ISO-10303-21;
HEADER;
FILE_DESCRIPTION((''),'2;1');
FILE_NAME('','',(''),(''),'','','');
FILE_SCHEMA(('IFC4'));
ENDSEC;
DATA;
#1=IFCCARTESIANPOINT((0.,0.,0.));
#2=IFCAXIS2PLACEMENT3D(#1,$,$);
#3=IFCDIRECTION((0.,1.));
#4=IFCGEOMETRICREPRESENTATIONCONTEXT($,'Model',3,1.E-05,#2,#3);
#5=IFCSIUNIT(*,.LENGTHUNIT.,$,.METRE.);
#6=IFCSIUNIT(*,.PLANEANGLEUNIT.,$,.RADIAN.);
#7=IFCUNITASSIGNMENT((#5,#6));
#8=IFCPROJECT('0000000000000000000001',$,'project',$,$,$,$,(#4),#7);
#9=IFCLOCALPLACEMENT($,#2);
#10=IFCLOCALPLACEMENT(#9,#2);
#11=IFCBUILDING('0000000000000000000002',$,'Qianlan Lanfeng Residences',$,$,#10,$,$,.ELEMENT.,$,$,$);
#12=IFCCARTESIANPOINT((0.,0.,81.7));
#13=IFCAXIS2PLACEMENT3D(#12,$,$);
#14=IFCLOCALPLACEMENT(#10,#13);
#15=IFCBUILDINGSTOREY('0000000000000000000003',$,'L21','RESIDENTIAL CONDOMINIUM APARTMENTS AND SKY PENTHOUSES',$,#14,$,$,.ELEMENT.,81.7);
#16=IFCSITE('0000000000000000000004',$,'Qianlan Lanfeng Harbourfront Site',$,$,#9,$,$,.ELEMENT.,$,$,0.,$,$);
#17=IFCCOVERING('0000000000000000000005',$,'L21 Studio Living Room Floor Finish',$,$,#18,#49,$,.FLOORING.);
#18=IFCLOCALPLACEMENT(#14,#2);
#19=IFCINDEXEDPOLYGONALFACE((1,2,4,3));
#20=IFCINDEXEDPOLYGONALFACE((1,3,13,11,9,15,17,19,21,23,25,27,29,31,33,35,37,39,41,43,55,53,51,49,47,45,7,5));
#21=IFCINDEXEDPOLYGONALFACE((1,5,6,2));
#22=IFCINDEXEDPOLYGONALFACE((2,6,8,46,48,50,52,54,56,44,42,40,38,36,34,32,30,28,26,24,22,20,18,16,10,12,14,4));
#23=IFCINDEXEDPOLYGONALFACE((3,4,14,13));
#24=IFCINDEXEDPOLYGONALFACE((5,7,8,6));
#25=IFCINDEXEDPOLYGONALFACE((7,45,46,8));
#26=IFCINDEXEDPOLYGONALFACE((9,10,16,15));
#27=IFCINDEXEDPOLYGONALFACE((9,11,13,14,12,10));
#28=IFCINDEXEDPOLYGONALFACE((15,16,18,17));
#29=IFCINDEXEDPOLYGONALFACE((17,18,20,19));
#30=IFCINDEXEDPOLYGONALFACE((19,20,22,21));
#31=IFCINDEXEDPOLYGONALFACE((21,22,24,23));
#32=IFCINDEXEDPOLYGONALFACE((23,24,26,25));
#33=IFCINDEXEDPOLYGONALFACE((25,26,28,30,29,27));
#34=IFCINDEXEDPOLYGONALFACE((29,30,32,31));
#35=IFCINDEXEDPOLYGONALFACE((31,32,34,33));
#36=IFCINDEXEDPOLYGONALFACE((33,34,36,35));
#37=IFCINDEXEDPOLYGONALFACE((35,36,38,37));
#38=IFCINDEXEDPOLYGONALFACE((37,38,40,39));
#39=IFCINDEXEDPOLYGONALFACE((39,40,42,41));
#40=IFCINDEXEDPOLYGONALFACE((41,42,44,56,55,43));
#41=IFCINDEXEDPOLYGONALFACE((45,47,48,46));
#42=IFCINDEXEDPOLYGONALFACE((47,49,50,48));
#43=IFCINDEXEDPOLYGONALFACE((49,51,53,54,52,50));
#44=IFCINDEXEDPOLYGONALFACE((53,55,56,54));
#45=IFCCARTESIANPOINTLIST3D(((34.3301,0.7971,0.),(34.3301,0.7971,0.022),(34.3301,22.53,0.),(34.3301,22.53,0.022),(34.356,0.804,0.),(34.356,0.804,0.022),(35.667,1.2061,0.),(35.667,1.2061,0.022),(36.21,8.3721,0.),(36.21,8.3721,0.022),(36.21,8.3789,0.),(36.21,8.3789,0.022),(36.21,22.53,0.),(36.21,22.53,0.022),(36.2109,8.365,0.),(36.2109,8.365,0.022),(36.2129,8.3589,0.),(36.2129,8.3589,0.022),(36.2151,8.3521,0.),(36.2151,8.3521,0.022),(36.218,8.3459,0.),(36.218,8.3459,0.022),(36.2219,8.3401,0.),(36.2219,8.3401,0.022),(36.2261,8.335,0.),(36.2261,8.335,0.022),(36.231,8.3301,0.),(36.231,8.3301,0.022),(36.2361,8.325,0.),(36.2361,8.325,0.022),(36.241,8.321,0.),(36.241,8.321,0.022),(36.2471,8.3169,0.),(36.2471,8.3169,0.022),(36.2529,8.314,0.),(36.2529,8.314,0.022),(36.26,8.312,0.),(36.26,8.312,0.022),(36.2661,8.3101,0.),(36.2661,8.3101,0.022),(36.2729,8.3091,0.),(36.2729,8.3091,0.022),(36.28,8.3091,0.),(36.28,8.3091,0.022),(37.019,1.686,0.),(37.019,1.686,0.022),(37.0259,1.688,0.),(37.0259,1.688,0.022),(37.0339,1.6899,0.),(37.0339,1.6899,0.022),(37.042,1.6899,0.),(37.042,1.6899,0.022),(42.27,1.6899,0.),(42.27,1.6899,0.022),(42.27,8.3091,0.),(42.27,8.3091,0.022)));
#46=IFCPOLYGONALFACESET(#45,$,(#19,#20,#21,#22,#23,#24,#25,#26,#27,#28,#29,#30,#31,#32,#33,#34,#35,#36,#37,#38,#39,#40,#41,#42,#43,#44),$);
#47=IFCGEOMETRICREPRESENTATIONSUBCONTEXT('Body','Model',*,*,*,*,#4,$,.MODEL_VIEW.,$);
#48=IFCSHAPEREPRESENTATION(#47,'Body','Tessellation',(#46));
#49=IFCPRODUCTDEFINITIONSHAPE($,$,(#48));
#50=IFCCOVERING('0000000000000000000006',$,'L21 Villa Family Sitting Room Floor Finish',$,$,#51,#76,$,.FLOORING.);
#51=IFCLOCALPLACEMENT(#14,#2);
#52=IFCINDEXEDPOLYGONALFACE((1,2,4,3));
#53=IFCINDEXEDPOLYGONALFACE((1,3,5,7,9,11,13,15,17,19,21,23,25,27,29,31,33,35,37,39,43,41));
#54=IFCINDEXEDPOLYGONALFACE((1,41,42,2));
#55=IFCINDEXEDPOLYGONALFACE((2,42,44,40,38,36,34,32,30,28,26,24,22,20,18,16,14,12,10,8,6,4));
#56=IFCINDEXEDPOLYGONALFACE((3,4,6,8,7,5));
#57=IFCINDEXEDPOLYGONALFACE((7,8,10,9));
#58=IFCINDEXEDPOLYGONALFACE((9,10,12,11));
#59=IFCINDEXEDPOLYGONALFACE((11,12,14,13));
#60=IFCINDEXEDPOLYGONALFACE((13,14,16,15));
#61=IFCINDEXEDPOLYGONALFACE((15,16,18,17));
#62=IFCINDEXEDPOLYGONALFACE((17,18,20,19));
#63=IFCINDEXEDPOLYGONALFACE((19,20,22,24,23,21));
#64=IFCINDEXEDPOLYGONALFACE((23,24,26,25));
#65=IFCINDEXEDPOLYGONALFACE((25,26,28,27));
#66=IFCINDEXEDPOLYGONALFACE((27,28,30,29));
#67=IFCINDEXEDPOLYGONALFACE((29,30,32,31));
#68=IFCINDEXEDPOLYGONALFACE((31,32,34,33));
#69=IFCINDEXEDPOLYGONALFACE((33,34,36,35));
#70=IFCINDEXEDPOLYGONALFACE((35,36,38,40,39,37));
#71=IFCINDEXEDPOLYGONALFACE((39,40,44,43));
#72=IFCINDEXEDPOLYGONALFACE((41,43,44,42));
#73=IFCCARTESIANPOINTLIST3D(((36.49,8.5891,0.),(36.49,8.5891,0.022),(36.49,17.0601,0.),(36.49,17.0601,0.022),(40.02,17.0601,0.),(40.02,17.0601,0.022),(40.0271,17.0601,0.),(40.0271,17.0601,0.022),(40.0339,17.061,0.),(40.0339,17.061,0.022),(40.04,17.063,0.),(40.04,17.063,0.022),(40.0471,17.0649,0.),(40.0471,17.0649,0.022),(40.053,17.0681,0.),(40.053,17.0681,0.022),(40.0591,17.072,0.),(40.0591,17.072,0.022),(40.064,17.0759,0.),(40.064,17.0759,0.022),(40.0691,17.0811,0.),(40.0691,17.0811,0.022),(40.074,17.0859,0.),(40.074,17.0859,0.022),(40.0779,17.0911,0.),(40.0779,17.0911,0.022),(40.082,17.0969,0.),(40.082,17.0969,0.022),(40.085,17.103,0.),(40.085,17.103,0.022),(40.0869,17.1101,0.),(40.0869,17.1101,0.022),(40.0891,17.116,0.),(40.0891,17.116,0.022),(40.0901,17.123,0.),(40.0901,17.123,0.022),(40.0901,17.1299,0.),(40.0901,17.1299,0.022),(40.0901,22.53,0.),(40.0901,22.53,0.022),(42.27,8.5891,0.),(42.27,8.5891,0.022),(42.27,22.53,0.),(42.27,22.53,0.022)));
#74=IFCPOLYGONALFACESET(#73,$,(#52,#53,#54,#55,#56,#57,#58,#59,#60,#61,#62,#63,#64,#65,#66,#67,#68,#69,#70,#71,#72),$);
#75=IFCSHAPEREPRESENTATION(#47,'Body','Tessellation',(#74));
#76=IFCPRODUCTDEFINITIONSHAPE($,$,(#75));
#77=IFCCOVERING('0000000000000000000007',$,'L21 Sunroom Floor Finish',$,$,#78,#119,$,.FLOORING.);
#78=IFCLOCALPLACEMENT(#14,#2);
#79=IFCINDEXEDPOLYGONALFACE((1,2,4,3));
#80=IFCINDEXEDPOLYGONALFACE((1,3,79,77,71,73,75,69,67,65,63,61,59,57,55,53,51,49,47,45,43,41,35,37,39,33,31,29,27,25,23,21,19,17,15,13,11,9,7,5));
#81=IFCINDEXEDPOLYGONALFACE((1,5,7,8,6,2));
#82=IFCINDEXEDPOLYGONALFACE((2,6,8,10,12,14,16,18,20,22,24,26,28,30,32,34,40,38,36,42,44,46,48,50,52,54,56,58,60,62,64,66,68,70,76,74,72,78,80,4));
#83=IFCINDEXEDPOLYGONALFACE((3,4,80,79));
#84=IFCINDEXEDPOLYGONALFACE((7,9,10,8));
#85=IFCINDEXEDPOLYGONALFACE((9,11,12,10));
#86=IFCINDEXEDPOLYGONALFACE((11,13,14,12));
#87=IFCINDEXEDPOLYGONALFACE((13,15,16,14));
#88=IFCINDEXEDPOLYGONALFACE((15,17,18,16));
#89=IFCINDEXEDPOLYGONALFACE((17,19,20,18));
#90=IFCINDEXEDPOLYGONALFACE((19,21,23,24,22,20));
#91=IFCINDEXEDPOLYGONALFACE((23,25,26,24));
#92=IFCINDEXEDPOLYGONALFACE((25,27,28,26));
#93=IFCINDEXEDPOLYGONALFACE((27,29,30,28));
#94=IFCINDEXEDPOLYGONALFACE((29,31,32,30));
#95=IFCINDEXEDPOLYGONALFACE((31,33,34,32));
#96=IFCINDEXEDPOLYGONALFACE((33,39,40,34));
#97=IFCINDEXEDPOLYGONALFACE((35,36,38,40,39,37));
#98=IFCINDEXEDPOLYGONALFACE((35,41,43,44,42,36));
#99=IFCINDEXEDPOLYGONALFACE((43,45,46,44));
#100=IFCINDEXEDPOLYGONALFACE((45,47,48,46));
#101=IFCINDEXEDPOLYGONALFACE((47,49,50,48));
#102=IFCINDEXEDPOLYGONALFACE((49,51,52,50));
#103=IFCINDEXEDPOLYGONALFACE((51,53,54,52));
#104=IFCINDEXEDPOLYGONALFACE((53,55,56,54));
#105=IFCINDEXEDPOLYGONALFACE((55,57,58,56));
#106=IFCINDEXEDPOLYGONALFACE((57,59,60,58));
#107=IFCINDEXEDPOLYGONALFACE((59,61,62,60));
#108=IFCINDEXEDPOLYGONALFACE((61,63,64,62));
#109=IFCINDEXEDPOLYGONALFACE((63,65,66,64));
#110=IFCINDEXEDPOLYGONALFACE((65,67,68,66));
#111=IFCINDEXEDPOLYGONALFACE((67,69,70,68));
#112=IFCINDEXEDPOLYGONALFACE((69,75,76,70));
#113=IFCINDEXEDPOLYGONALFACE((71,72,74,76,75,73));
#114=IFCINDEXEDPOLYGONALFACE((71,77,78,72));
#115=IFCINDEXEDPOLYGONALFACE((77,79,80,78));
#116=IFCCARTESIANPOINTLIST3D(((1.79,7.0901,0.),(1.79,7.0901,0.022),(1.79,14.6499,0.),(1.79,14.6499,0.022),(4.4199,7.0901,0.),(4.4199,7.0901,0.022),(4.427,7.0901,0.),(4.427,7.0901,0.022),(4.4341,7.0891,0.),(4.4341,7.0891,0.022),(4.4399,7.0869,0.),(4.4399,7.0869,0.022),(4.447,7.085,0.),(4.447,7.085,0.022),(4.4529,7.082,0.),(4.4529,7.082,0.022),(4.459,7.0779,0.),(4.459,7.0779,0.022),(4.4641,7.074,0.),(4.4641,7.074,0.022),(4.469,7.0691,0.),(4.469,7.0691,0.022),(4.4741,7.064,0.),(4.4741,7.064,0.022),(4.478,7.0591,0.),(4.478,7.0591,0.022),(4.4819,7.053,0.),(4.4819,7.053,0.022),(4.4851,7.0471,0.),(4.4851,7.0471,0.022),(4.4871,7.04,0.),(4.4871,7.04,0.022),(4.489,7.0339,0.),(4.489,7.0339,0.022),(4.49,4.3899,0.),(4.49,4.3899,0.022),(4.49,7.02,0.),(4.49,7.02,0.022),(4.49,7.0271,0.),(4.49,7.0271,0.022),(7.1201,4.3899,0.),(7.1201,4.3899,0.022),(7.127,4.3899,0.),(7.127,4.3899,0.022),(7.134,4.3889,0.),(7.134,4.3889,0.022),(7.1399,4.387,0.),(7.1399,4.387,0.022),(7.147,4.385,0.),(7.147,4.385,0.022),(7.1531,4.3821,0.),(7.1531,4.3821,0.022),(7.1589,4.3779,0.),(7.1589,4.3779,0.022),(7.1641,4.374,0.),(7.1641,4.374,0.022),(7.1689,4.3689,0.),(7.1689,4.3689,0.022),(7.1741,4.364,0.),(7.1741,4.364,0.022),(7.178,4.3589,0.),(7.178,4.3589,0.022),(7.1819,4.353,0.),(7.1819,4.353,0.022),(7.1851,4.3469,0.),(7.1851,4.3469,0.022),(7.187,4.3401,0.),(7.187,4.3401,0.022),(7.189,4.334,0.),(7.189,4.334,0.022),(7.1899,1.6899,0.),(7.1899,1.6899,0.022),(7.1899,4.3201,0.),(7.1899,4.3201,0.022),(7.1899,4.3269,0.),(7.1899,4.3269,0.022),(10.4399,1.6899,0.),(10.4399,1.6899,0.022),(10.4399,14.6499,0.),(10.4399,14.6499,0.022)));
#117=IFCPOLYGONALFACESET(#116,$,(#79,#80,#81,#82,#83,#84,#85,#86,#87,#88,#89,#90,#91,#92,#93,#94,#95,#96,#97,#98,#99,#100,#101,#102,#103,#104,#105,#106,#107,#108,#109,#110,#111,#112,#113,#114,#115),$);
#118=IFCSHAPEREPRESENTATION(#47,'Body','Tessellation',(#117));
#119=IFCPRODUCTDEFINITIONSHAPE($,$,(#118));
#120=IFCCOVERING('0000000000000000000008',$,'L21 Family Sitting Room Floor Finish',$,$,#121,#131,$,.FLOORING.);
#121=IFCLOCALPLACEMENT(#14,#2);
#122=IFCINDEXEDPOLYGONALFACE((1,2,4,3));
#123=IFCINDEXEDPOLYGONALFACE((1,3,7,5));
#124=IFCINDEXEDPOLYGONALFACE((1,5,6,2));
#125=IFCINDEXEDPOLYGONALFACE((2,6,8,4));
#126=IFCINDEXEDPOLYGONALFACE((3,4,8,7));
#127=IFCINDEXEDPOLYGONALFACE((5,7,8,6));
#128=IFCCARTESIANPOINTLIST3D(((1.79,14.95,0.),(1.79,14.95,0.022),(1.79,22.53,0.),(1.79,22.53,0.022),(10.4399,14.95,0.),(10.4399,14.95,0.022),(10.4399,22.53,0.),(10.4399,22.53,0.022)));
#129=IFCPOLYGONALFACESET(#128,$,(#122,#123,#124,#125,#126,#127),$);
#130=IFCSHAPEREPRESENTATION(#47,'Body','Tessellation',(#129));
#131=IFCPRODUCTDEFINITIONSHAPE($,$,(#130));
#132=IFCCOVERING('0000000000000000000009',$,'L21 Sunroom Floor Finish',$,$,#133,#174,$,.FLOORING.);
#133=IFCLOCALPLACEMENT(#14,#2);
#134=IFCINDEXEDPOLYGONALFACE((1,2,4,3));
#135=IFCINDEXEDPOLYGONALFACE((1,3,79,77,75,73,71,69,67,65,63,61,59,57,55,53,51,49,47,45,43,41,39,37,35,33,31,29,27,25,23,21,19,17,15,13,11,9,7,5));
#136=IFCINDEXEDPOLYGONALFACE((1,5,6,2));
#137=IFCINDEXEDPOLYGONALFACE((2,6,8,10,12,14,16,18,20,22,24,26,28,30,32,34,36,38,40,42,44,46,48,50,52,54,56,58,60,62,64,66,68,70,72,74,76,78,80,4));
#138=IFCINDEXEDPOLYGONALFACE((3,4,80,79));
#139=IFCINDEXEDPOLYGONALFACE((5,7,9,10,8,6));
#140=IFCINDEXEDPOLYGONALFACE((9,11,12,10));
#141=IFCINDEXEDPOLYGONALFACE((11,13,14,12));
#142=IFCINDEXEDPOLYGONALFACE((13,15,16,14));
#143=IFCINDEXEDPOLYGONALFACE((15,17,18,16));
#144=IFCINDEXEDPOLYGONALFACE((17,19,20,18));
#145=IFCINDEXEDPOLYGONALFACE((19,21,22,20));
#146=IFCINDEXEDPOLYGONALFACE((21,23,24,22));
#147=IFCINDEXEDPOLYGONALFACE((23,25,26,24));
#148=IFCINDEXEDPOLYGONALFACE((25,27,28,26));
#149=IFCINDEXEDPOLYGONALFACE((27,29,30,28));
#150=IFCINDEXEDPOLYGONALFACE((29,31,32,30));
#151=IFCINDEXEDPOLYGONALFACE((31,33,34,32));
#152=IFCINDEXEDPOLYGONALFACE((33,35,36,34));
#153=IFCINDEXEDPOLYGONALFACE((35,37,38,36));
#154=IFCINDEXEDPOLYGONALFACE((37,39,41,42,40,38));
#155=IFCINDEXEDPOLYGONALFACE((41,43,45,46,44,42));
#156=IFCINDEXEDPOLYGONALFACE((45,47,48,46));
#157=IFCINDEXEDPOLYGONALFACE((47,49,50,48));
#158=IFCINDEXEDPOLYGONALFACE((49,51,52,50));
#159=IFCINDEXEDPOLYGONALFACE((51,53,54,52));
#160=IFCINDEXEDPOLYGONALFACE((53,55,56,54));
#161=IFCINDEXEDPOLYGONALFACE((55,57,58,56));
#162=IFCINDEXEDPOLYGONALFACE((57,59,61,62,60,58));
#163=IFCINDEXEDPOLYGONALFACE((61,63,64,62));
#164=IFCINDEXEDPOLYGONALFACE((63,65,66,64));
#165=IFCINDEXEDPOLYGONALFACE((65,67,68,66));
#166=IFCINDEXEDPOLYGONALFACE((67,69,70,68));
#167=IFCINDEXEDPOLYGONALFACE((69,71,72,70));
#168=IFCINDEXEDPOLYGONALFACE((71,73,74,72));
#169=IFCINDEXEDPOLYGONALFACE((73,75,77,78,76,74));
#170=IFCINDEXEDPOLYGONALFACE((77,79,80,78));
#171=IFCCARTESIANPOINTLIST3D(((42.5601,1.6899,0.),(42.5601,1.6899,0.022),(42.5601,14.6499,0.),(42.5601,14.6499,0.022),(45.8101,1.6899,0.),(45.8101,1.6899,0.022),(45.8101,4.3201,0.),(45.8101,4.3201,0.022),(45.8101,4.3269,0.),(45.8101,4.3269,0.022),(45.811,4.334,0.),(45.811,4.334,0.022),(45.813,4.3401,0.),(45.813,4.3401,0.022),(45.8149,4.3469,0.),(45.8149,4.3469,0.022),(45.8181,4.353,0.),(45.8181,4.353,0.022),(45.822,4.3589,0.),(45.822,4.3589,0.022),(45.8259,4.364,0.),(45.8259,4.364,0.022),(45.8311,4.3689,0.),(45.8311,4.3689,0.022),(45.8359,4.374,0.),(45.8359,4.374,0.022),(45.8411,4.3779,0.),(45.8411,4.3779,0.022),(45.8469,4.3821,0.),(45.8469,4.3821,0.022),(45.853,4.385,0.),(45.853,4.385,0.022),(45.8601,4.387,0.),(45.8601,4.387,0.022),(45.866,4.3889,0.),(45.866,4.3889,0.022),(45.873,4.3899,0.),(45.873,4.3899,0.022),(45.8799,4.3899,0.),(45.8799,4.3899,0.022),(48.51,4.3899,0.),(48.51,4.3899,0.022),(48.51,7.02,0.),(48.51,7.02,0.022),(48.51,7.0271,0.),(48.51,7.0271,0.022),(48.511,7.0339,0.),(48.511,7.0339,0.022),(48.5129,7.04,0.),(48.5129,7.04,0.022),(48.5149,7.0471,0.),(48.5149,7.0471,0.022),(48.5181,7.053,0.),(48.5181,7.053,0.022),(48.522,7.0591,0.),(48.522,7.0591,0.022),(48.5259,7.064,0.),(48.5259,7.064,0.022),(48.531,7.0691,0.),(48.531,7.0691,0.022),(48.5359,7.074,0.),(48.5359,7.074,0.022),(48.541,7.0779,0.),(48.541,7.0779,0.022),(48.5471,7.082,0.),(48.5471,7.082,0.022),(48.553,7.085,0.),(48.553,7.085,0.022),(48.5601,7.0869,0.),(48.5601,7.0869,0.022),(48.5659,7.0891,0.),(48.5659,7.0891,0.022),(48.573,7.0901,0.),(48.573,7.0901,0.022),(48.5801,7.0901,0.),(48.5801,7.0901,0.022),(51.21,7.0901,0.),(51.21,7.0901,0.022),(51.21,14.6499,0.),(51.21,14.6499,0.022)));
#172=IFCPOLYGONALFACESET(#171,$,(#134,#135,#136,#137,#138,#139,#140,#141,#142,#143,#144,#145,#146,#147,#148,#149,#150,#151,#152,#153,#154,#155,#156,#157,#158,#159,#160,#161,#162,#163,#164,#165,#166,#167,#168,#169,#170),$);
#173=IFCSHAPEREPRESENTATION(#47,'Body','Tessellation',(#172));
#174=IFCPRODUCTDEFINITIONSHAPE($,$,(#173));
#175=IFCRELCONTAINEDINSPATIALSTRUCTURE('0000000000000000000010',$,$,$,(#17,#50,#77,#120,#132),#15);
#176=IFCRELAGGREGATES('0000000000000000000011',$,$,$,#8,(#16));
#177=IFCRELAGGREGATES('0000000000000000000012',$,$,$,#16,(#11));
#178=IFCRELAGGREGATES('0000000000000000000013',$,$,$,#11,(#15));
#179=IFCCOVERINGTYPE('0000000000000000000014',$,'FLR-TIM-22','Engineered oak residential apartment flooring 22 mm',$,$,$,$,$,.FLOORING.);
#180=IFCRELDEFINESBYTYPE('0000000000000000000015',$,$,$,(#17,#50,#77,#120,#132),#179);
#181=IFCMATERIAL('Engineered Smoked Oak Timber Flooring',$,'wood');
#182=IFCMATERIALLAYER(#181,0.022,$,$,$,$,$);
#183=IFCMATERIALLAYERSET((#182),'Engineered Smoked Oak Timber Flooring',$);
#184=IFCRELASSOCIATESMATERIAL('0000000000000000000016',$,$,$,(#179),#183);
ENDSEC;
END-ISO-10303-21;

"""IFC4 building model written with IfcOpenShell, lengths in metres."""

from ifc_helpers import new_model, si_unit, direction, frame, origin, place, context, subcontext, project, spatial, polyline, outline, extrude, material, layer, layer_set, type_object, element, save


model = new_model("IFC4")

# Units and contexts
model_context = context("Model", 3, precision=1e-05, world=origin(), true_north=direction((0.0, 1.0)))
body_context = subcontext(model_context, "Body", "Model", "MODEL_VIEW")
ifc_project = project(units=[si_unit("LENGTHUNIT", "METRE"), si_unit("PLANEANGLEUNIT", "RADIAN")], contexts=[model_context])

# Site, building, storey
site_placement = place(None, origin())
site = spatial("IfcSite", under=ifc_project, at=site_placement, Name="Qianlan Lanfeng Harbourfront Site", CompositionType="ELEMENT", RefElevation=0.0)
building_placement = place(site_placement, origin())
building = spatial("IfcBuilding", under=site, at=building_placement, Name="Qianlan Lanfeng Residences", CompositionType="ELEMENT")
storey_placement = place(building_placement, frame((0.0, 0.0, 81.7)))
storey = spatial("IfcBuildingStorey", under=building, at=storey_placement, Name="L21", Description="RESIDENTIAL CONDOMINIUM APARTMENTS AND SKY PENTHOUSES", CompositionType="ELEMENT", Elevation=81.7)

# Coverings
ifc_material_1 = material(Name="Engineered Smoked Oak Timber Flooring", Category="wood")
ifc_layer_1 = layer(ifc_material_1, 0.022)
ifc_layer_set_1 = layer_set([ifc_layer_1], Name="Engineered Smoked Oak Timber Flooring")
covering_type_1 = type_object("IfcCoveringType", Name="FLR-TIM-22", Description="Engineered oak residential apartment flooring 22 mm", PredefinedType="FLOORING", material=ifc_layer_set_1)
covering_1_placement = place(storey_placement, origin())
element("IfcCovering", 1, at=covering_1_placement, inside=storey, type_object=covering_type_1, Name="L21 Studio Living Room Floor Finish", PredefinedType="FLOORING", context=body_context, shape_type="SweptSolid", body=[
    extrude(outline(polyline([(42.27, 1.6899), (42.27, 8.3091), (36.28, 8.3091), (36.2729, 8.3091), (36.2661, 8.3101), (36.26, 8.312), (36.2529, 8.314), (36.2471, 8.3169), (36.241, 8.321), (36.2361, 8.325), (36.231, 8.3301), (36.2261, 8.335), (36.2219, 8.3401), (36.218, 8.3459), (36.2151, 8.3521), (36.2129, 8.3589), (36.2109, 8.365), (36.21, 8.3721), (36.21, 8.3789), (36.21, 22.53), (34.3301, 22.53), (34.3301, 0.7971), (34.356, 0.804), (35.667, 1.2061), (37.019, 1.686), (37.0259, 1.688), (37.0339, 1.6899), (37.042, 1.6899), (42.27, 1.6899)])), origin(), (0.0, 0.0, 1.0), 0.022),
])
covering_2_placement = place(storey_placement, origin())
element("IfcCovering", 2, at=covering_2_placement, inside=storey, type_object=covering_type_1, Name="L21 Villa Family Sitting Room Floor Finish", PredefinedType="FLOORING", context=body_context, shape_type="SweptSolid", body=[
    extrude(outline(polyline([(36.49, 8.5891), (42.27, 8.5891), (42.27, 22.53), (40.0901, 22.53), (40.0901, 17.1299), (40.0901, 17.123), (40.0891, 17.116), (40.0869, 17.1101), (40.085, 17.103), (40.082, 17.0969), (40.0779, 17.0911), (40.074, 17.0859), (40.0691, 17.0811), (40.064, 17.0759), (40.0591, 17.072), (40.053, 17.0681), (40.0471, 17.0649), (40.04, 17.063), (40.0339, 17.061), (40.0271, 17.0601), (40.02, 17.0601), (36.49, 17.0601), (36.49, 8.5891)])), origin(), (0.0, 0.0, 1.0), 0.022),
])
covering_3_placement = place(storey_placement, origin())
element("IfcCovering", 3, at=covering_3_placement, inside=storey, type_object=covering_type_1, Name="L21 Sunroom Floor Finish", PredefinedType="FLOORING", context=body_context, shape_type="SweptSolid", body=[
    extrude(outline(polyline([(10.4399, 14.6499), (1.79, 14.6499), (1.79, 7.0901), (4.4199, 7.0901), (4.427, 7.0901), (4.4341, 7.0891), (4.4399, 7.0869), (4.447, 7.085), (4.4529, 7.082), (4.459, 7.0779), (4.4641, 7.074), (4.469, 7.0691), (4.4741, 7.064), (4.478, 7.0591), (4.4819, 7.053), (4.4851, 7.0471), (4.4871, 7.04), (4.489, 7.0339), (4.49, 7.0271), (4.49, 7.02), (4.49, 4.3899), (7.1201, 4.3899), (7.127, 4.3899), (7.134, 4.3889), (7.1399, 4.387), (7.147, 4.385), (7.1531, 4.3821), (7.1589, 4.3779), (7.1641, 4.374), (7.1689, 4.3689), (7.1741, 4.364), (7.178, 4.3589), (7.1819, 4.353), (7.1851, 4.3469), (7.187, 4.3401), (7.189, 4.334), (7.1899, 4.3269), (7.1899, 4.3201), (7.1899, 1.6899), (10.4399, 1.6899), (10.4399, 14.6499)])), origin(), (0.0, 0.0, 1.0), 0.022),
])
covering_4_placement = place(storey_placement, origin())
element("IfcCovering", 4, at=covering_4_placement, inside=storey, type_object=covering_type_1, Name="L21 Family Sitting Room Floor Finish", PredefinedType="FLOORING", context=body_context, shape_type="SweptSolid", body=[
    extrude(outline(polyline([(10.4399, 22.53), (1.79, 22.53), (1.79, 14.95), (10.4399, 14.95), (10.4399, 22.53)])), origin(), (0.0, 0.0, 1.0), 0.022),
])
covering_5_placement = place(storey_placement, origin())
element("IfcCovering", 5, at=covering_5_placement, inside=storey, type_object=covering_type_1, Name="L21 Sunroom Floor Finish", PredefinedType="FLOORING", context=body_context, shape_type="SweptSolid", body=[
    extrude(outline(polyline([(51.21, 14.6499), (42.5601, 14.6499), (42.5601, 1.6899), (45.8101, 1.6899), (45.8101, 4.3201), (45.8101, 4.3269), (45.811, 4.334), (45.813, 4.3401), (45.8149, 4.3469), (45.8181, 4.353), (45.822, 4.3589), (45.8259, 4.364), (45.8311, 4.3689), (45.8359, 4.374), (45.8411, 4.3779), (45.8469, 4.3821), (45.853, 4.385), (45.8601, 4.387), (45.866, 4.3889), (45.873, 4.3899), (45.8799, 4.3899), (48.51, 4.3899), (48.51, 7.02), (48.51, 7.0271), (48.511, 7.0339), (48.5129, 7.04), (48.5149, 7.0471), (48.5181, 7.053), (48.522, 7.0591), (48.5259, 7.064), (48.531, 7.0691), (48.5359, 7.074), (48.541, 7.0779), (48.5471, 7.082), (48.553, 7.085), (48.5601, 7.0869), (48.5659, 7.0891), (48.573, 7.0901), (48.5801, 7.0901), (51.21, 7.0901), (51.21, 14.6499)])), origin(), (0.0, 0.0, 1.0), 0.022),
])

save(model, "model.ifc")
